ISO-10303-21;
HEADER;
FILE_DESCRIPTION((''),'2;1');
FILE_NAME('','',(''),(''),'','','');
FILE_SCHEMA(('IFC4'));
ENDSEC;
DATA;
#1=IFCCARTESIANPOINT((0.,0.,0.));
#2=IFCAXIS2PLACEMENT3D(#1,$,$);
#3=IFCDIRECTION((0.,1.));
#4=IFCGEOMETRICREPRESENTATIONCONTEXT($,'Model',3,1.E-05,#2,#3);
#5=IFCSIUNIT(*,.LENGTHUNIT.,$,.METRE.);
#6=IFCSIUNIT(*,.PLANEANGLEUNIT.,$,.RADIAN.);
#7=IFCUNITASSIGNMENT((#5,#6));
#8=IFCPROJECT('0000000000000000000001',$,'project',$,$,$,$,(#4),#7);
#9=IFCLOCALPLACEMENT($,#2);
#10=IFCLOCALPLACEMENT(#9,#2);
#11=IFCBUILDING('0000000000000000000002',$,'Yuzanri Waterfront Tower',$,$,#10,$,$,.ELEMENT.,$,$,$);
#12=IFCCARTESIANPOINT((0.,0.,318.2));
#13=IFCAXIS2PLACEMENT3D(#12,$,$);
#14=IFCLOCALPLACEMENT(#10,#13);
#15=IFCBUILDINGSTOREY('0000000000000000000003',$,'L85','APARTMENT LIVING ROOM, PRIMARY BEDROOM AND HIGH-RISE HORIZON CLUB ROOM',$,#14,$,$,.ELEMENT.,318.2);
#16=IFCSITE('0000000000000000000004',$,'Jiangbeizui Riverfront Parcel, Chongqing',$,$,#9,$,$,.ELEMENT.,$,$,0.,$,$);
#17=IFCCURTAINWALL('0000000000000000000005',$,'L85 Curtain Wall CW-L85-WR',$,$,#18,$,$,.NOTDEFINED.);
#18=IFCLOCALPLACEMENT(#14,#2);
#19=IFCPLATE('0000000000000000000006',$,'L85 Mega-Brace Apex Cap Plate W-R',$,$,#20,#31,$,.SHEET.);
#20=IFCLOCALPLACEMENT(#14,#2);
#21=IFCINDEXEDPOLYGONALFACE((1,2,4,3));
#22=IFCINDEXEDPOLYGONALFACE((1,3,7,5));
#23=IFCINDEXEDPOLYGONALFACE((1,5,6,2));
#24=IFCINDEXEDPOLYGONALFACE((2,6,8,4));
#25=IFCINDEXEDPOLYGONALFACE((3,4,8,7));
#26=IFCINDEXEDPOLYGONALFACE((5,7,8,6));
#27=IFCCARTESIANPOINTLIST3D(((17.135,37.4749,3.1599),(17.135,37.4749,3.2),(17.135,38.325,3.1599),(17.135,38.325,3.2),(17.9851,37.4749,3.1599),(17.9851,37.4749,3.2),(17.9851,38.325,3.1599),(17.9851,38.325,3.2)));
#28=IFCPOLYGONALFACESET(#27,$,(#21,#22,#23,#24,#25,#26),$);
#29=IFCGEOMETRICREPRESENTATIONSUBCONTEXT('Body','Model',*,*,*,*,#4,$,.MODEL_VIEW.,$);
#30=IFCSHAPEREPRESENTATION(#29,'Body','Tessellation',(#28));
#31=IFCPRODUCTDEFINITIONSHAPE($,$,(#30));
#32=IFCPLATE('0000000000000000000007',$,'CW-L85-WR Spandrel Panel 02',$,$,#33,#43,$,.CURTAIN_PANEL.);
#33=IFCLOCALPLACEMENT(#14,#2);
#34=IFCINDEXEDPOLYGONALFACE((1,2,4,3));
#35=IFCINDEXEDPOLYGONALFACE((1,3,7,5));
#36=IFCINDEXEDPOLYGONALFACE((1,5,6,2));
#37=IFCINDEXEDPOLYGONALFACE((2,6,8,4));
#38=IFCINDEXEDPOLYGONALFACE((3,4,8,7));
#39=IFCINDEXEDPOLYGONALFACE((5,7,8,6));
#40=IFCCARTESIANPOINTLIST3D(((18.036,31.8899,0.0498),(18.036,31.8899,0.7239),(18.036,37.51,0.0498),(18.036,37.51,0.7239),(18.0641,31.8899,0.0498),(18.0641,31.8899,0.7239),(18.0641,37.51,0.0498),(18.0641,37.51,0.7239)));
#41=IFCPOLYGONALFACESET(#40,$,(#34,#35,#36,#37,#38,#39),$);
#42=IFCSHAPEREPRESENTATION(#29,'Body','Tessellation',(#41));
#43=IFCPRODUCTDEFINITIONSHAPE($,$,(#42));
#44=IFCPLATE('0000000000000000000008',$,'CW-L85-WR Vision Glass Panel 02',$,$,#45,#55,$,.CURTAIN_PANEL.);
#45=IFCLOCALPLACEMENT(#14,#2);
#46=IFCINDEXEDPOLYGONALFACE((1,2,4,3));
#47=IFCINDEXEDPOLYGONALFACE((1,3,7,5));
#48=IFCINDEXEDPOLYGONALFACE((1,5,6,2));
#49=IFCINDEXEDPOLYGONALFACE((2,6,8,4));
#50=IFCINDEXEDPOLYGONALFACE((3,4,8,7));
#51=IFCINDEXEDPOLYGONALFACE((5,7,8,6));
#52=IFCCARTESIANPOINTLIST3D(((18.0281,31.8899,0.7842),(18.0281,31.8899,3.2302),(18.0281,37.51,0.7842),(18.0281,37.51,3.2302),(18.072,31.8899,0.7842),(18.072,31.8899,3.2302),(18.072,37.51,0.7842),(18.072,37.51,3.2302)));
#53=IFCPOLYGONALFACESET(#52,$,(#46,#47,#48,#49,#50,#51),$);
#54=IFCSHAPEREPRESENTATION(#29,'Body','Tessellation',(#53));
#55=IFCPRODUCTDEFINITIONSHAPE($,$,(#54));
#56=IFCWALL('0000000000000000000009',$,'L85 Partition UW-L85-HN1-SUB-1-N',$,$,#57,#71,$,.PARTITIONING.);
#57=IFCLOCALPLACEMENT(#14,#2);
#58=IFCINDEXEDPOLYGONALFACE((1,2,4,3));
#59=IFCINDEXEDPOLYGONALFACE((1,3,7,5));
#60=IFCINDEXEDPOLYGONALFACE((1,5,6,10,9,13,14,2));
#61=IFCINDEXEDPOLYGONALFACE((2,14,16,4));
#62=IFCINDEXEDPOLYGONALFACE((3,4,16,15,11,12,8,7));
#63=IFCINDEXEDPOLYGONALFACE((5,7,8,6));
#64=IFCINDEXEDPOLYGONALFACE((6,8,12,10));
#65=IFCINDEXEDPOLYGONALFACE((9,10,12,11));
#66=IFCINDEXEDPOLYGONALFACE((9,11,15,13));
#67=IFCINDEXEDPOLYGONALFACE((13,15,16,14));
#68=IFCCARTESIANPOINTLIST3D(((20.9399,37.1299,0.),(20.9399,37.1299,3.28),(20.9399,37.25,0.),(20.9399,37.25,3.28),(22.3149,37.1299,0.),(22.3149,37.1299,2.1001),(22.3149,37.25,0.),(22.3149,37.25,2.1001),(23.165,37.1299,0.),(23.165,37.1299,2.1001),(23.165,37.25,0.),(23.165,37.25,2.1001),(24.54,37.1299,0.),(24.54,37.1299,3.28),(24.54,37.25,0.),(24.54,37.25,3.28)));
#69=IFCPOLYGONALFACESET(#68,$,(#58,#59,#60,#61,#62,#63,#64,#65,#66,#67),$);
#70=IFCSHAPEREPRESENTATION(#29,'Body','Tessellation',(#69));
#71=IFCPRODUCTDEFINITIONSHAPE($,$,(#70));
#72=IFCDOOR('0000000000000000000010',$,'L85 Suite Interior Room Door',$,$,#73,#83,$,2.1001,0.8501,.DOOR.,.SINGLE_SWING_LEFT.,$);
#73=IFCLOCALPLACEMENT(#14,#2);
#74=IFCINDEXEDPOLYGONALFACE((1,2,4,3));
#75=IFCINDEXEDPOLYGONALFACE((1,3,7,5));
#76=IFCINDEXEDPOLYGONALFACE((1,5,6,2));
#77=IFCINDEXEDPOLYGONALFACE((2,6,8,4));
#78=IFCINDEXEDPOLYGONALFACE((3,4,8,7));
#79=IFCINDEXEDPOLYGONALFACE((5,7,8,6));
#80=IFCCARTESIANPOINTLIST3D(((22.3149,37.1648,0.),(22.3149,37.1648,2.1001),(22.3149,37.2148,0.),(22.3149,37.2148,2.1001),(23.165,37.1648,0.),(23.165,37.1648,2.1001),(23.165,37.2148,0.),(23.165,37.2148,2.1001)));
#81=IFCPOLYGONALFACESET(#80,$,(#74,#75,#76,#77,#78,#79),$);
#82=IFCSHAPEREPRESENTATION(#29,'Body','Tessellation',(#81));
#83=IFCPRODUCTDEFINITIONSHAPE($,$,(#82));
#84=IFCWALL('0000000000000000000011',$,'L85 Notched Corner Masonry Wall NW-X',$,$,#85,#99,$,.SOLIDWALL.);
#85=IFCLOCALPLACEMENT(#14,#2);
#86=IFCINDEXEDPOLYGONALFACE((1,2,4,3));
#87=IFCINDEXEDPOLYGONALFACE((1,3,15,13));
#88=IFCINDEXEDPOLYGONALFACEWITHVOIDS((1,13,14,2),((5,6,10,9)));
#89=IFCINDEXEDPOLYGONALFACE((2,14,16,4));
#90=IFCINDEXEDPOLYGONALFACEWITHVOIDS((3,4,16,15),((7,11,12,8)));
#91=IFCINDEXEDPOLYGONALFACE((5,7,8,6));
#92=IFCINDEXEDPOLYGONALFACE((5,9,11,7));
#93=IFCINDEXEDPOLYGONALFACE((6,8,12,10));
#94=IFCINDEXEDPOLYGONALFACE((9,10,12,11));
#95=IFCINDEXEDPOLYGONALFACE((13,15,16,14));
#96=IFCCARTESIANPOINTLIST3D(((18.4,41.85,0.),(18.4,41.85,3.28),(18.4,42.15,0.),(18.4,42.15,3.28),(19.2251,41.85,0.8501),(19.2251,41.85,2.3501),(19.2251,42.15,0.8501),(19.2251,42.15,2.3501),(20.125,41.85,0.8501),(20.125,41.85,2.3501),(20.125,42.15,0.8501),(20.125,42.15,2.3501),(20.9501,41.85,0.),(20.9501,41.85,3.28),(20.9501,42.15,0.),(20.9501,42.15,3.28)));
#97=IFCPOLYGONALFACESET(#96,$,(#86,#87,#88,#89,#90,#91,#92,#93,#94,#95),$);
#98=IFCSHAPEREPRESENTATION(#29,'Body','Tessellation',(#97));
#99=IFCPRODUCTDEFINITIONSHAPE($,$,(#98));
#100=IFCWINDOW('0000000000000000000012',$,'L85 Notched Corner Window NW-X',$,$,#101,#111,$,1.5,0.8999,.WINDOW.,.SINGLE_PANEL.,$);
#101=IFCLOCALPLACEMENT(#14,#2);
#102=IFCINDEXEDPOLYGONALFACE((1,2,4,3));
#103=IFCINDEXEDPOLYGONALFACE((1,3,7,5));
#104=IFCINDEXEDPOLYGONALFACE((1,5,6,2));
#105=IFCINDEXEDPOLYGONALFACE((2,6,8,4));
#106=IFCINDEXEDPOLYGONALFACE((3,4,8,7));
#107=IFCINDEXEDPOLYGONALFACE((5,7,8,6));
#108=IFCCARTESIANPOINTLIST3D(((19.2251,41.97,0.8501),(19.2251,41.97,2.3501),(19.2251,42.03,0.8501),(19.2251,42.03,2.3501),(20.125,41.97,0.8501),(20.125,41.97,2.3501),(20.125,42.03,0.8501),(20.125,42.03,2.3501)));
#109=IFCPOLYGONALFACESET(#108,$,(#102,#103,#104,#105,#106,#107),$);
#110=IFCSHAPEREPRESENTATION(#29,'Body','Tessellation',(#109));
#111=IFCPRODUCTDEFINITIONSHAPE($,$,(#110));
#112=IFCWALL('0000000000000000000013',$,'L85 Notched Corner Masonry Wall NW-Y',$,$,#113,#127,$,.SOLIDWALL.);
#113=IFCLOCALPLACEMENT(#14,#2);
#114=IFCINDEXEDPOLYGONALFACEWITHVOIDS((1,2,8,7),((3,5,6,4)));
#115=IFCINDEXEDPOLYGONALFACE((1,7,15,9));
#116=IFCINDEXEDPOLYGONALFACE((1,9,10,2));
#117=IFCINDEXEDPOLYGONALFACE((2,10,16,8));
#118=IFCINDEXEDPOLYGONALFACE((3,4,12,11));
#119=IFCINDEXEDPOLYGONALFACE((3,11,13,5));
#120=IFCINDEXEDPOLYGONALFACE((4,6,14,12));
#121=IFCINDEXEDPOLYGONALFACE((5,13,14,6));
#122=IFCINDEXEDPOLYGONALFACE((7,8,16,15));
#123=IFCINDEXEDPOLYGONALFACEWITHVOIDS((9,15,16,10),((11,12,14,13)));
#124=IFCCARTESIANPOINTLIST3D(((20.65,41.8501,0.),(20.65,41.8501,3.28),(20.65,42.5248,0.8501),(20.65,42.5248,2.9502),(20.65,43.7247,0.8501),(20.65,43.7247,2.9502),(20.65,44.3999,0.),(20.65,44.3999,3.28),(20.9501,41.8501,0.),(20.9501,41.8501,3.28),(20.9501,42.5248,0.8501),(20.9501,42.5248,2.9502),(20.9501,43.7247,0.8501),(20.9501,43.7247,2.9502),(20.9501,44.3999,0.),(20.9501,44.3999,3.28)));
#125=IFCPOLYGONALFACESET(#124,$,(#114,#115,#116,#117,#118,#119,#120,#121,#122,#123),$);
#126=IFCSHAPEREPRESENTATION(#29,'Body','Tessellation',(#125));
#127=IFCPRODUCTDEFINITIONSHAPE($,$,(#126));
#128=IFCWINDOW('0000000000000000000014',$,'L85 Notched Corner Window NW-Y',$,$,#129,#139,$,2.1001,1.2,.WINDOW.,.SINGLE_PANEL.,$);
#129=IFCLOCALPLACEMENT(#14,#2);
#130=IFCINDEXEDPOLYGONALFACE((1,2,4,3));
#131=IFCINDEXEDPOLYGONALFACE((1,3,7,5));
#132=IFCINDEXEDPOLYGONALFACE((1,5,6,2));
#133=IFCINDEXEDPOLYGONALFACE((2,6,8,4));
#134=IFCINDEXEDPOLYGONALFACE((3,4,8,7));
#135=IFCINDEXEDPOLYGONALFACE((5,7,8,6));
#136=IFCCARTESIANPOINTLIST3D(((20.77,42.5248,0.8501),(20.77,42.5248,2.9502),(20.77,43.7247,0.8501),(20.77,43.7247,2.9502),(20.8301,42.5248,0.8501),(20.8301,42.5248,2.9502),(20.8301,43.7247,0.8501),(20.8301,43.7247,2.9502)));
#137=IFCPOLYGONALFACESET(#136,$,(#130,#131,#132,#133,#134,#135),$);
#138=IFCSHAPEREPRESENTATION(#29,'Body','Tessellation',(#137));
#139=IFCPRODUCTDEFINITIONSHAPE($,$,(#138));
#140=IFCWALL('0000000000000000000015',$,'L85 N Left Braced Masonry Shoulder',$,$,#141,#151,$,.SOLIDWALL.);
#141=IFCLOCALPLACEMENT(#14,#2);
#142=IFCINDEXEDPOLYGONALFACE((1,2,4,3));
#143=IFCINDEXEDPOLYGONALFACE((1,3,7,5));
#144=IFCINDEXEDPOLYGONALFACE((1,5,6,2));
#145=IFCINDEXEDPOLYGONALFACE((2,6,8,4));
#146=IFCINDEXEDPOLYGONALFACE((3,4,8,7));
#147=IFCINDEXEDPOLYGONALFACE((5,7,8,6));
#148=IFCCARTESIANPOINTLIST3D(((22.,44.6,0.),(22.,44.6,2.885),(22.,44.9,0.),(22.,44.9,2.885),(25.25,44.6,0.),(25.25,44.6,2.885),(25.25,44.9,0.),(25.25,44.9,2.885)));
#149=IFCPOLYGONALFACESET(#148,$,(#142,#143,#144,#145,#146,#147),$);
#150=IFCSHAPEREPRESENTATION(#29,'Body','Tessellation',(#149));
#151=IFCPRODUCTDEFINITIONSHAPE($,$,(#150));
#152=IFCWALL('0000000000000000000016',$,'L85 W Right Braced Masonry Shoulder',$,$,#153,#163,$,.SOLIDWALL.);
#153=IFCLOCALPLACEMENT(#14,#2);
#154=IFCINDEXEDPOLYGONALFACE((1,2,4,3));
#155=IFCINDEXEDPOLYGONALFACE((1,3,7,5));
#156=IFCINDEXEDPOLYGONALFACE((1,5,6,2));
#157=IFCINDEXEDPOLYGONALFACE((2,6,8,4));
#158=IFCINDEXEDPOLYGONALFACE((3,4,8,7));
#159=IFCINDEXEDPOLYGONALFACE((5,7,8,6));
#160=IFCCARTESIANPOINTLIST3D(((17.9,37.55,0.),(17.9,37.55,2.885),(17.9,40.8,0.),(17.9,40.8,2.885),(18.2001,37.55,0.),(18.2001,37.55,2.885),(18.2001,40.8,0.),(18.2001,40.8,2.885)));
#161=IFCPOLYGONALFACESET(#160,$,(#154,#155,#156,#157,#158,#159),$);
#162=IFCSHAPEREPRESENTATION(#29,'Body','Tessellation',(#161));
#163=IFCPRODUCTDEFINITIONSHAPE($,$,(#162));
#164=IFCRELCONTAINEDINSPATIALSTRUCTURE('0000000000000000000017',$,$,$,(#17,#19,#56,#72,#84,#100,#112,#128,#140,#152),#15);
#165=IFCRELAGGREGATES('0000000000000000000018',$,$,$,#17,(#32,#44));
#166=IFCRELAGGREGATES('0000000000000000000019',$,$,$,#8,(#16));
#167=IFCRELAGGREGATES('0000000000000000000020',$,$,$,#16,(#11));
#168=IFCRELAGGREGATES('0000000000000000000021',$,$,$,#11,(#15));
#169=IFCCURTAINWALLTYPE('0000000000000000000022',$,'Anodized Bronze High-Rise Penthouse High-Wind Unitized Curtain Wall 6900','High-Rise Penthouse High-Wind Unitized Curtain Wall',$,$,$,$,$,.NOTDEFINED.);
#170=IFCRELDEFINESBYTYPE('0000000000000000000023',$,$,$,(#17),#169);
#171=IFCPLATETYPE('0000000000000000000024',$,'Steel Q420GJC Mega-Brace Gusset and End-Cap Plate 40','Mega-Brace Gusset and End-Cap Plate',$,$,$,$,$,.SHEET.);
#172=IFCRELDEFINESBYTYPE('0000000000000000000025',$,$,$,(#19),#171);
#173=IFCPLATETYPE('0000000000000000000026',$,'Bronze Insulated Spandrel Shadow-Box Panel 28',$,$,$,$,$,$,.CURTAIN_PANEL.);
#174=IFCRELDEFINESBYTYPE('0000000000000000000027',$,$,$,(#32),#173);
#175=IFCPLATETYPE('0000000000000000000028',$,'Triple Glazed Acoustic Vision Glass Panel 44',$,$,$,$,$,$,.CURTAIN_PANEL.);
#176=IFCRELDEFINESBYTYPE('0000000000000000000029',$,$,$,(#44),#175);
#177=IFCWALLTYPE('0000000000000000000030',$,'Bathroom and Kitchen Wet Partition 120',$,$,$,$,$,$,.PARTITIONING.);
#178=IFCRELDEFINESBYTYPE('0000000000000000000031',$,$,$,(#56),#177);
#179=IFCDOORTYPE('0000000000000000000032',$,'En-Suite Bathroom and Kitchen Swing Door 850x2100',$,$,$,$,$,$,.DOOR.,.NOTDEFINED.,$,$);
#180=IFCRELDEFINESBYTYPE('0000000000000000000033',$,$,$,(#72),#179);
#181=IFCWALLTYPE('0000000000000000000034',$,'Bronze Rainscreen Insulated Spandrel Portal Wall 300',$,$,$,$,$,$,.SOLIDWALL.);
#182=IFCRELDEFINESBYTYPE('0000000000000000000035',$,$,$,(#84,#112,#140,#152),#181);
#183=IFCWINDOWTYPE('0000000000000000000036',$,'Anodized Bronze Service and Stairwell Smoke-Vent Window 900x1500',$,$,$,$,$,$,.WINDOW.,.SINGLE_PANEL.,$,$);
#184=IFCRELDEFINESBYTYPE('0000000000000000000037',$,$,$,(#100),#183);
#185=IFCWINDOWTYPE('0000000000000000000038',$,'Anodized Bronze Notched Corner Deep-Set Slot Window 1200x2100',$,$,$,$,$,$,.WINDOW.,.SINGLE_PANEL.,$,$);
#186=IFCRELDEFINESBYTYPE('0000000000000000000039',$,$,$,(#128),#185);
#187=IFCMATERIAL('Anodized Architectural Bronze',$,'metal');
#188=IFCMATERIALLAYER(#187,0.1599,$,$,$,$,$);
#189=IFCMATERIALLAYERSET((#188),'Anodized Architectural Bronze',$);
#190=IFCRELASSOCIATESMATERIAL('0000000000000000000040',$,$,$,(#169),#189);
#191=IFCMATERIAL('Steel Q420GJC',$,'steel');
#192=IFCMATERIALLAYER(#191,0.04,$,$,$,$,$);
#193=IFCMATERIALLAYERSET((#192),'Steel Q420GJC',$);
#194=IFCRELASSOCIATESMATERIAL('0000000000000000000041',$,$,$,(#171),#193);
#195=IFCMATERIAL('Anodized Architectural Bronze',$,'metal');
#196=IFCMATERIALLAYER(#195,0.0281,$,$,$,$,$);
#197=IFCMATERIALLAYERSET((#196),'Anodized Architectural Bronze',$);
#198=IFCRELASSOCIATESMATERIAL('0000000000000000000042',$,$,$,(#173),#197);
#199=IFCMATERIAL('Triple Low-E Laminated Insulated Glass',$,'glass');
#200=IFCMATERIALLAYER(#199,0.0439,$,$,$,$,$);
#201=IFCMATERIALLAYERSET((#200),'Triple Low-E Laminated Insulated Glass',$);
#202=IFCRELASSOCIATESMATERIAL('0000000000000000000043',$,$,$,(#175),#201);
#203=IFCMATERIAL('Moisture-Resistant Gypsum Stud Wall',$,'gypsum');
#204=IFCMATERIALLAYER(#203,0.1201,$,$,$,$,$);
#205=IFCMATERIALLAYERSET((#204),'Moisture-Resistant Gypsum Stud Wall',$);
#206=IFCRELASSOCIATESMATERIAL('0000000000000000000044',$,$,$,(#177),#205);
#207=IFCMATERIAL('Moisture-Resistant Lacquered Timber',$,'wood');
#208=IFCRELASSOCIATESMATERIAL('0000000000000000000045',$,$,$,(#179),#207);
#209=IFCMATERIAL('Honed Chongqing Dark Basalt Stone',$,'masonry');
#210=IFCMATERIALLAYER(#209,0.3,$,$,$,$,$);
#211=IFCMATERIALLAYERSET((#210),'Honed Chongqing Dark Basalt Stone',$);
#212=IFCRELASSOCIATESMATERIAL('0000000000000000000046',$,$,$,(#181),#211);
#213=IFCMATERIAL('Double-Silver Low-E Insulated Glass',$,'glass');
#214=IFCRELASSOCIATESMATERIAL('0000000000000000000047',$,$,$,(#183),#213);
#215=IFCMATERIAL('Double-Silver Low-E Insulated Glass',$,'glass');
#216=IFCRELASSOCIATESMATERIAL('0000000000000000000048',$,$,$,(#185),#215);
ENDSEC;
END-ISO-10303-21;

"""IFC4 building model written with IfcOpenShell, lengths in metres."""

from ifc_helpers import new_model, si_unit, direction, frame, frame_2d, origin, origin_2d, place, context, subcontext, project, spatial, rectangle, extrude, source, transform, mapped, material, layer, layer_set, type_object, element, fill, aggregate, save


model = new_model("IFC4")

# Units and contexts
model_context = context("Model", 3, precision=1e-05, world=origin(), true_north=direction((0.0, 1.0)))
body_context = subcontext(model_context, "Body", "Model", "MODEL_VIEW")
ifc_project = project(units=[si_unit("LENGTHUNIT", "METRE"), si_unit("PLANEANGLEUNIT", "RADIAN")], contexts=[model_context])

# Site, building, storey
site_placement = place(None, origin())
site = spatial("IfcSite", under=ifc_project, at=site_placement, Name="Jiangbeizui Riverfront Parcel, Chongqing", CompositionType="ELEMENT", RefElevation=0.0)
building_placement = place(site_placement, origin())
building = spatial("IfcBuilding", under=site, at=building_placement, Name="Yuzanri Waterfront Tower", CompositionType="ELEMENT")
storey_placement = place(building_placement, frame((0.0, 0.0, 318.2)))
storey = spatial("IfcBuildingStorey", under=building, at=storey_placement, Name="L85", Description="APARTMENT LIVING ROOM, PRIMARY BEDROOM AND HIGH-RISE HORIZON CLUB ROOM", CompositionType="ELEMENT", Elevation=318.2)

# Curtain wall
ifc_material_1 = material(Name="Anodized Architectural Bronze", Category="metal")
ifc_layer_1 = layer(ifc_material_1, 0.1599)
ifc_layer_set_1 = layer_set([ifc_layer_1], Name="Anodized Architectural Bronze")
curtain_wall_type = type_object("IfcCurtainWallType", Name="Anodized Bronze High-Rise Penthouse High-Wind Unitized Curtain Wall 6900", Description="High-Rise Penthouse High-Wind Unitized Curtain Wall", PredefinedType="NOTDEFINED", material=ifc_layer_set_1)
curtain_wall_1_placement = place(storey_placement, origin())
curtain_wall_1 = element("IfcCurtainWall", 1, at=curtain_wall_1_placement, inside=storey, type_object=curtain_wall_type, Name="L85 Curtain Wall CW-L85-WR", PredefinedType="NOTDEFINED")

# Plate
ifc_material_2 = material(Name="Steel Q420GJC", Category="steel")
ifc_layer_2 = layer(ifc_material_2, 0.04)
ifc_layer_set_2 = layer_set([ifc_layer_2], Name="Steel Q420GJC")
plate_type_1 = type_object("IfcPlateType", Name="Steel Q420GJC Mega-Brace Gusset and End-Cap Plate 40", Description="Mega-Brace Gusset and End-Cap Plate", PredefinedType="SHEET", material=ifc_layer_set_2)
shared_shape_1 = source(origin(), body_context, "Body", "SweptSolid", [
    extrude(rectangle(XDim=0.8501, YDim=0.8501, at=origin_2d()), origin(), (0.0, 0.0, 1.0), 0.04),
])
for number, where, z_axis, x_axis, name in (
    (2, (17.5601, 37.8999, 3.1599), (0.0, 0.0, 1.0), (1.0, 0.0, 0.0), "L85 Mega-Brace Apex Cap Plate W-R"),
):
    element("IfcPlate", number, at=place(storey_placement, frame(where, z_axis=z_axis, x_axis=x_axis)), inside=storey, type_object=plate_type_1, Name=name, PredefinedType="SHEET", context=body_context, shape_type="MappedRepresentation", body=[
        mapped(shared_shape_1, transform((0.0, 0.0, 0.0), scale=1.0)),
    ])

# Plates
ifc_material_3 = material(Name="Anodized Architectural Bronze", Category="metal")
ifc_layer_3 = layer(ifc_material_3, 0.0281)
ifc_layer_set_3 = layer_set([ifc_layer_3], Name="Anodized Architectural Bronze")
plate_type_2 = type_object("IfcPlateType", Name="Bronze Insulated Spandrel Shadow-Box Panel 28", PredefinedType="CURTAIN_PANEL", material=ifc_layer_set_3)
shared_shape_2 = source(origin(), body_context, "Body", "SweptSolid", [
    extrude(rectangle(XDim=5.6201, YDim=0.0281, at=origin_2d()), origin(), (0.0, 0.0, 1.0), 0.6741),
])
plate_1_placement = place(storey_placement, frame((18.05, 34.7, 0.0498), z_axis=(0.0, 0.0, 1.0), x_axis=(0.0, 1.0, 0.0)))
plate_1 = element("IfcPlate", 3, at=plate_1_placement, type_object=plate_type_2, Name="CW-L85-WR Spandrel Panel 02", PredefinedType="CURTAIN_PANEL", context=body_context, shape_type="MappedRepresentation", body=[
    mapped(shared_shape_2, transform((0.0, 0.0, 0.0), scale=1.0)),
])
ifc_material_4 = material(Name="Triple Low-E Laminated Insulated Glass", Category="glass")
ifc_layer_4 = layer(ifc_material_4, 0.0439)
ifc_layer_set_4 = layer_set([ifc_layer_4], Name="Triple Low-E Laminated Insulated Glass")
plate_type_3 = type_object("IfcPlateType", Name="Triple Glazed Acoustic Vision Glass Panel 44", PredefinedType="CURTAIN_PANEL", material=ifc_layer_set_4)
shared_shape_3 = source(origin(), body_context, "Body", "SweptSolid", [
    extrude(rectangle(XDim=5.6201, YDim=0.0439, at=origin_2d()), origin(), (0.0, 0.0, 1.0), 2.446),
])
plate_2_placement = place(storey_placement, frame((18.05, 34.7, 0.7842), z_axis=(0.0, 0.0, 1.0), x_axis=(0.0, 1.0, 0.0)))
plate_2 = element("IfcPlate", 4, at=plate_2_placement, type_object=plate_type_3, Name="CW-L85-WR Vision Glass Panel 02", PredefinedType="CURTAIN_PANEL", context=body_context, shape_type="MappedRepresentation", body=[
    mapped(shared_shape_3, transform((0.0, 0.0, 0.0), scale=1.0)),
])
aggregate(curtain_wall_1, [plate_1, plate_2])

# Wall, opening, door
ifc_material_5 = material(Name="Moisture-Resistant Gypsum Stud Wall", Category="gypsum")
ifc_layer_5 = layer(ifc_material_5, 0.1201)
ifc_layer_set_5 = layer_set([ifc_layer_5], Name="Moisture-Resistant Gypsum Stud Wall")
wall_type_1 = type_object("IfcWallType", Name="Bathroom and Kitchen Wet Partition 120", PredefinedType="PARTITIONING", material=ifc_layer_set_5)
wall_1_placement = place(storey_placement, frame((20.9399, 37.1899, 0.0), z_axis=(0.0, 0.0, 1.0), x_axis=(1.0, 0.0, 0.0)))
wall_1 = element("IfcWall", 5, at=wall_1_placement, inside=storey, type_object=wall_type_1, Name="L85 Partition UW-L85-HN1-SUB-1-N", PredefinedType="PARTITIONING", context=body_context, shape_type="SweptSolid", body=[
    extrude(rectangle(XDim=3.6001, YDim=0.1201, at=frame_2d((1.8, 0.0))), origin(), (0.0, 0.0, 1.0), 3.28),
])
opening_1_placement = place(wall_1_placement, frame((1.375, 0.0, 0.0)))
opening_1 = element("IfcOpeningElement", 6, at=opening_1_placement, cuts=wall_1, PredefinedType="OPENING", context=body_context, shape_type="SweptSolid", body=[
    extrude(rectangle(XDim=0.8501, YDim=2.1001, at=frame_2d((0.425, 1.05))), frame((0.0, 0.075, 0.0), z_axis=(0.0, -1.0, 0.0), x_axis=(1.0, 0.0, 0.0)), (0.0, 0.0, 1.0), 0.1499),
])
ifc_material_6 = material(Name="Moisture-Resistant Lacquered Timber", Category="wood")
door_type = type_object("IfcDoorType", Name="En-Suite Bathroom and Kitchen Swing Door 850x2100", OperationType="NOTDEFINED", PredefinedType="DOOR", material=ifc_material_6)
shared_shape_4 = source(origin(), body_context, "Body", "SweptSolid", [
    extrude(rectangle(XDim=0.8501, YDim=2.1001, at=frame_2d((0.425, 1.05))), frame((0.0, 0.0249, 0.0), z_axis=(0.0, -1.0, 0.0), x_axis=(1.0, 0.0, 0.0)), (0.0, 0.0, 1.0), 0.05),
])
door_placement = place(opening_1_placement, origin())
door = element("IfcDoor", 7, at=door_placement, inside=storey, type_object=door_type, Name="L85 Suite Interior Room Door", OperationType="SINGLE_SWING_LEFT", OverallHeight=2.1001, OverallWidth=0.8501, PredefinedType="DOOR", context=body_context, shape_type="MappedRepresentation", body=[
    mapped(shared_shape_4, transform((0.0, 0.0, 0.0), scale=1.0)),
])
fill(opening_1, door)

# Walls, openings, windows
ifc_material_7 = material(Name="Honed Chongqing Dark Basalt Stone", Category="masonry")
ifc_layer_6 = layer(ifc_material_7, 0.3)
ifc_layer_set_6 = layer_set([ifc_layer_6], Name="Honed Chongqing Dark Basalt Stone")
wall_type_2 = type_object("IfcWallType", Name="Bronze Rainscreen Insulated Spandrel Portal Wall 300", PredefinedType="SOLIDWALL", material=ifc_layer_set_6)
wall_2_placement = place(storey_placement, frame((20.95, 42.0, 0.0), z_axis=(0.0, 0.0, 1.0), x_axis=(-1.0, 0.0, 0.0)))
wall_2 = element("IfcWall", 8, at=wall_2_placement, inside=storey, type_object=wall_type_2, Name="L85 Notched Corner Masonry Wall NW-X", PredefinedType="SOLIDWALL", context=body_context, shape_type="SweptSolid", body=[
    extrude(rectangle(XDim=2.55, YDim=0.3, at=frame_2d((1.2749, 0.0))), origin(), (0.0, 0.0, 1.0), 3.28),
])
opening_2_placement = place(wall_2_placement, frame((0.825, 0.0, 0.8501)))
opening_2 = element("IfcOpeningElement", 9, at=opening_2_placement, cuts=wall_2, PredefinedType="OPENING", context=body_context, shape_type="SweptSolid", body=[
    extrude(rectangle(XDim=0.8999, YDim=1.5, at=frame_2d((0.45, 0.75))), frame((0.0, 0.165, 0.0), z_axis=(0.0, -1.0, 0.0), x_axis=(1.0, 0.0, 0.0)), (0.0, 0.0, 1.0), 0.3298),
])
ifc_material_8 = material(Name="Double-Silver Low-E Insulated Glass", Category="glass")
window_type_1 = type_object("IfcWindowType", Name="Anodized Bronze Service and Stairwell Smoke-Vent Window 900x1500", PartitioningType="SINGLE_PANEL", PredefinedType="WINDOW", material=ifc_material_8)
shared_shape_5 = source(origin(), body_context, "Body", "SweptSolid", [
    extrude(rectangle(XDim=0.8999, YDim=1.5, at=frame_2d((0.45, 0.75))), frame((0.0, 0.03, 0.0), z_axis=(0.0, -1.0, 0.0), x_axis=(1.0, 0.0, 0.0)), (0.0, 0.0, 1.0), 0.0601),
])
window_1_placement = place(opening_2_placement, origin())
window_1 = element("IfcWindow", 10, at=window_1_placement, inside=storey, type_object=window_type_1, Name="L85 Notched Corner Window NW-X", OverallHeight=1.5, OverallWidth=0.8999, PartitioningType="SINGLE_PANEL", PredefinedType="WINDOW", context=body_context, shape_type="MappedRepresentation", body=[
    mapped(shared_shape_5, transform((0.0, 0.0, 0.0), scale=1.0)),
])
fill(opening_2, window_1)
wall_3_placement = place(storey_placement, frame((20.8, 44.3999, 0.0), z_axis=(0.0, 0.0, 1.0), x_axis=(0.0, -1.0, 0.0)))
wall_3 = element("IfcWall", 11, at=wall_3_placement, inside=storey, type_object=wall_type_2, Name="L85 Notched Corner Masonry Wall NW-Y", PredefinedType="SOLIDWALL", context=body_context, shape_type="SweptSolid", body=[
    extrude(rectangle(XDim=2.5498, YDim=0.3, at=frame_2d((1.2749, 0.0))), origin(), (0.0, 0.0, 1.0), 3.28),
])
opening_3_placement = place(wall_3_placement, frame((0.675, 0.0, 0.8501)))
opening_3 = element("IfcOpeningElement", 12, at=opening_3_placement, cuts=wall_3, PredefinedType="OPENING", context=body_context, shape_type="SweptSolid", body=[
    extrude(rectangle(XDim=1.2, YDim=2.1001, at=frame_2d((0.6001, 1.05))), frame((0.0, 0.165, 0.0), z_axis=(0.0, -1.0, 0.0), x_axis=(1.0, 0.0, 0.0)), (0.0, 0.0, 1.0), 0.3298),
])
ifc_material_9 = material(Name="Double-Silver Low-E Insulated Glass", Category="glass")
window_type_2 = type_object("IfcWindowType", Name="Anodized Bronze Notched Corner Deep-Set Slot Window 1200x2100", PartitioningType="SINGLE_PANEL", PredefinedType="WINDOW", material=ifc_material_9)
shared_shape_6 = source(origin(), body_context, "Body", "SweptSolid", [
    extrude(rectangle(XDim=1.2, YDim=2.1001, at=frame_2d((0.6001, 1.05))), frame((0.0, 0.03, 0.0), z_axis=(0.0, -1.0, 0.0), x_axis=(1.0, 0.0, 0.0)), (0.0, 0.0, 1.0), 0.0601),
])
window_2_placement = place(opening_3_placement, origin())
window_2 = element("IfcWindow", 13, at=window_2_placement, inside=storey, type_object=window_type_2, Name="L85 Notched Corner Window NW-Y", OverallHeight=2.1001, OverallWidth=1.2, PartitioningType="SINGLE_PANEL", PredefinedType="WINDOW", context=body_context, shape_type="MappedRepresentation", body=[
    mapped(shared_shape_6, transform((0.0, 0.0, 0.0), scale=1.0)),
])
fill(opening_3, window_2)

# Walls
shared_shape_7 = source(origin(), body_context, "Body", "SweptSolid", [
    extrude(rectangle(XDim=3.25, YDim=0.3, at=frame_2d((1.625, 0.0))), origin(), (0.0, 0.0, 1.0), 2.885),
])
for number, where, z_axis, x_axis, name in (
    (14, (22.0, 44.75, 0.0), (0.0, 0.0, 1.0), (1.0, 0.0, 0.0), "L85 N Left Braced Masonry Shoulder"),
    (15, (18.05, 37.55, 0.0), (0.0, 0.0, 1.0), (0.0, 1.0, 0.0), "L85 W Right Braced Masonry Shoulder"),
):
    element("IfcWall", number, at=place(storey_placement, frame(where, z_axis=z_axis, x_axis=x_axis)), inside=storey, type_object=wall_type_2, Name=name, PredefinedType="SOLIDWALL", context=body_context, shape_type="MappedRepresentation", body=[
        mapped(shared_shape_7, transform((0.0, 0.0, 0.0), scale=1.0)),
    ])

save(model, "model.ifc")
